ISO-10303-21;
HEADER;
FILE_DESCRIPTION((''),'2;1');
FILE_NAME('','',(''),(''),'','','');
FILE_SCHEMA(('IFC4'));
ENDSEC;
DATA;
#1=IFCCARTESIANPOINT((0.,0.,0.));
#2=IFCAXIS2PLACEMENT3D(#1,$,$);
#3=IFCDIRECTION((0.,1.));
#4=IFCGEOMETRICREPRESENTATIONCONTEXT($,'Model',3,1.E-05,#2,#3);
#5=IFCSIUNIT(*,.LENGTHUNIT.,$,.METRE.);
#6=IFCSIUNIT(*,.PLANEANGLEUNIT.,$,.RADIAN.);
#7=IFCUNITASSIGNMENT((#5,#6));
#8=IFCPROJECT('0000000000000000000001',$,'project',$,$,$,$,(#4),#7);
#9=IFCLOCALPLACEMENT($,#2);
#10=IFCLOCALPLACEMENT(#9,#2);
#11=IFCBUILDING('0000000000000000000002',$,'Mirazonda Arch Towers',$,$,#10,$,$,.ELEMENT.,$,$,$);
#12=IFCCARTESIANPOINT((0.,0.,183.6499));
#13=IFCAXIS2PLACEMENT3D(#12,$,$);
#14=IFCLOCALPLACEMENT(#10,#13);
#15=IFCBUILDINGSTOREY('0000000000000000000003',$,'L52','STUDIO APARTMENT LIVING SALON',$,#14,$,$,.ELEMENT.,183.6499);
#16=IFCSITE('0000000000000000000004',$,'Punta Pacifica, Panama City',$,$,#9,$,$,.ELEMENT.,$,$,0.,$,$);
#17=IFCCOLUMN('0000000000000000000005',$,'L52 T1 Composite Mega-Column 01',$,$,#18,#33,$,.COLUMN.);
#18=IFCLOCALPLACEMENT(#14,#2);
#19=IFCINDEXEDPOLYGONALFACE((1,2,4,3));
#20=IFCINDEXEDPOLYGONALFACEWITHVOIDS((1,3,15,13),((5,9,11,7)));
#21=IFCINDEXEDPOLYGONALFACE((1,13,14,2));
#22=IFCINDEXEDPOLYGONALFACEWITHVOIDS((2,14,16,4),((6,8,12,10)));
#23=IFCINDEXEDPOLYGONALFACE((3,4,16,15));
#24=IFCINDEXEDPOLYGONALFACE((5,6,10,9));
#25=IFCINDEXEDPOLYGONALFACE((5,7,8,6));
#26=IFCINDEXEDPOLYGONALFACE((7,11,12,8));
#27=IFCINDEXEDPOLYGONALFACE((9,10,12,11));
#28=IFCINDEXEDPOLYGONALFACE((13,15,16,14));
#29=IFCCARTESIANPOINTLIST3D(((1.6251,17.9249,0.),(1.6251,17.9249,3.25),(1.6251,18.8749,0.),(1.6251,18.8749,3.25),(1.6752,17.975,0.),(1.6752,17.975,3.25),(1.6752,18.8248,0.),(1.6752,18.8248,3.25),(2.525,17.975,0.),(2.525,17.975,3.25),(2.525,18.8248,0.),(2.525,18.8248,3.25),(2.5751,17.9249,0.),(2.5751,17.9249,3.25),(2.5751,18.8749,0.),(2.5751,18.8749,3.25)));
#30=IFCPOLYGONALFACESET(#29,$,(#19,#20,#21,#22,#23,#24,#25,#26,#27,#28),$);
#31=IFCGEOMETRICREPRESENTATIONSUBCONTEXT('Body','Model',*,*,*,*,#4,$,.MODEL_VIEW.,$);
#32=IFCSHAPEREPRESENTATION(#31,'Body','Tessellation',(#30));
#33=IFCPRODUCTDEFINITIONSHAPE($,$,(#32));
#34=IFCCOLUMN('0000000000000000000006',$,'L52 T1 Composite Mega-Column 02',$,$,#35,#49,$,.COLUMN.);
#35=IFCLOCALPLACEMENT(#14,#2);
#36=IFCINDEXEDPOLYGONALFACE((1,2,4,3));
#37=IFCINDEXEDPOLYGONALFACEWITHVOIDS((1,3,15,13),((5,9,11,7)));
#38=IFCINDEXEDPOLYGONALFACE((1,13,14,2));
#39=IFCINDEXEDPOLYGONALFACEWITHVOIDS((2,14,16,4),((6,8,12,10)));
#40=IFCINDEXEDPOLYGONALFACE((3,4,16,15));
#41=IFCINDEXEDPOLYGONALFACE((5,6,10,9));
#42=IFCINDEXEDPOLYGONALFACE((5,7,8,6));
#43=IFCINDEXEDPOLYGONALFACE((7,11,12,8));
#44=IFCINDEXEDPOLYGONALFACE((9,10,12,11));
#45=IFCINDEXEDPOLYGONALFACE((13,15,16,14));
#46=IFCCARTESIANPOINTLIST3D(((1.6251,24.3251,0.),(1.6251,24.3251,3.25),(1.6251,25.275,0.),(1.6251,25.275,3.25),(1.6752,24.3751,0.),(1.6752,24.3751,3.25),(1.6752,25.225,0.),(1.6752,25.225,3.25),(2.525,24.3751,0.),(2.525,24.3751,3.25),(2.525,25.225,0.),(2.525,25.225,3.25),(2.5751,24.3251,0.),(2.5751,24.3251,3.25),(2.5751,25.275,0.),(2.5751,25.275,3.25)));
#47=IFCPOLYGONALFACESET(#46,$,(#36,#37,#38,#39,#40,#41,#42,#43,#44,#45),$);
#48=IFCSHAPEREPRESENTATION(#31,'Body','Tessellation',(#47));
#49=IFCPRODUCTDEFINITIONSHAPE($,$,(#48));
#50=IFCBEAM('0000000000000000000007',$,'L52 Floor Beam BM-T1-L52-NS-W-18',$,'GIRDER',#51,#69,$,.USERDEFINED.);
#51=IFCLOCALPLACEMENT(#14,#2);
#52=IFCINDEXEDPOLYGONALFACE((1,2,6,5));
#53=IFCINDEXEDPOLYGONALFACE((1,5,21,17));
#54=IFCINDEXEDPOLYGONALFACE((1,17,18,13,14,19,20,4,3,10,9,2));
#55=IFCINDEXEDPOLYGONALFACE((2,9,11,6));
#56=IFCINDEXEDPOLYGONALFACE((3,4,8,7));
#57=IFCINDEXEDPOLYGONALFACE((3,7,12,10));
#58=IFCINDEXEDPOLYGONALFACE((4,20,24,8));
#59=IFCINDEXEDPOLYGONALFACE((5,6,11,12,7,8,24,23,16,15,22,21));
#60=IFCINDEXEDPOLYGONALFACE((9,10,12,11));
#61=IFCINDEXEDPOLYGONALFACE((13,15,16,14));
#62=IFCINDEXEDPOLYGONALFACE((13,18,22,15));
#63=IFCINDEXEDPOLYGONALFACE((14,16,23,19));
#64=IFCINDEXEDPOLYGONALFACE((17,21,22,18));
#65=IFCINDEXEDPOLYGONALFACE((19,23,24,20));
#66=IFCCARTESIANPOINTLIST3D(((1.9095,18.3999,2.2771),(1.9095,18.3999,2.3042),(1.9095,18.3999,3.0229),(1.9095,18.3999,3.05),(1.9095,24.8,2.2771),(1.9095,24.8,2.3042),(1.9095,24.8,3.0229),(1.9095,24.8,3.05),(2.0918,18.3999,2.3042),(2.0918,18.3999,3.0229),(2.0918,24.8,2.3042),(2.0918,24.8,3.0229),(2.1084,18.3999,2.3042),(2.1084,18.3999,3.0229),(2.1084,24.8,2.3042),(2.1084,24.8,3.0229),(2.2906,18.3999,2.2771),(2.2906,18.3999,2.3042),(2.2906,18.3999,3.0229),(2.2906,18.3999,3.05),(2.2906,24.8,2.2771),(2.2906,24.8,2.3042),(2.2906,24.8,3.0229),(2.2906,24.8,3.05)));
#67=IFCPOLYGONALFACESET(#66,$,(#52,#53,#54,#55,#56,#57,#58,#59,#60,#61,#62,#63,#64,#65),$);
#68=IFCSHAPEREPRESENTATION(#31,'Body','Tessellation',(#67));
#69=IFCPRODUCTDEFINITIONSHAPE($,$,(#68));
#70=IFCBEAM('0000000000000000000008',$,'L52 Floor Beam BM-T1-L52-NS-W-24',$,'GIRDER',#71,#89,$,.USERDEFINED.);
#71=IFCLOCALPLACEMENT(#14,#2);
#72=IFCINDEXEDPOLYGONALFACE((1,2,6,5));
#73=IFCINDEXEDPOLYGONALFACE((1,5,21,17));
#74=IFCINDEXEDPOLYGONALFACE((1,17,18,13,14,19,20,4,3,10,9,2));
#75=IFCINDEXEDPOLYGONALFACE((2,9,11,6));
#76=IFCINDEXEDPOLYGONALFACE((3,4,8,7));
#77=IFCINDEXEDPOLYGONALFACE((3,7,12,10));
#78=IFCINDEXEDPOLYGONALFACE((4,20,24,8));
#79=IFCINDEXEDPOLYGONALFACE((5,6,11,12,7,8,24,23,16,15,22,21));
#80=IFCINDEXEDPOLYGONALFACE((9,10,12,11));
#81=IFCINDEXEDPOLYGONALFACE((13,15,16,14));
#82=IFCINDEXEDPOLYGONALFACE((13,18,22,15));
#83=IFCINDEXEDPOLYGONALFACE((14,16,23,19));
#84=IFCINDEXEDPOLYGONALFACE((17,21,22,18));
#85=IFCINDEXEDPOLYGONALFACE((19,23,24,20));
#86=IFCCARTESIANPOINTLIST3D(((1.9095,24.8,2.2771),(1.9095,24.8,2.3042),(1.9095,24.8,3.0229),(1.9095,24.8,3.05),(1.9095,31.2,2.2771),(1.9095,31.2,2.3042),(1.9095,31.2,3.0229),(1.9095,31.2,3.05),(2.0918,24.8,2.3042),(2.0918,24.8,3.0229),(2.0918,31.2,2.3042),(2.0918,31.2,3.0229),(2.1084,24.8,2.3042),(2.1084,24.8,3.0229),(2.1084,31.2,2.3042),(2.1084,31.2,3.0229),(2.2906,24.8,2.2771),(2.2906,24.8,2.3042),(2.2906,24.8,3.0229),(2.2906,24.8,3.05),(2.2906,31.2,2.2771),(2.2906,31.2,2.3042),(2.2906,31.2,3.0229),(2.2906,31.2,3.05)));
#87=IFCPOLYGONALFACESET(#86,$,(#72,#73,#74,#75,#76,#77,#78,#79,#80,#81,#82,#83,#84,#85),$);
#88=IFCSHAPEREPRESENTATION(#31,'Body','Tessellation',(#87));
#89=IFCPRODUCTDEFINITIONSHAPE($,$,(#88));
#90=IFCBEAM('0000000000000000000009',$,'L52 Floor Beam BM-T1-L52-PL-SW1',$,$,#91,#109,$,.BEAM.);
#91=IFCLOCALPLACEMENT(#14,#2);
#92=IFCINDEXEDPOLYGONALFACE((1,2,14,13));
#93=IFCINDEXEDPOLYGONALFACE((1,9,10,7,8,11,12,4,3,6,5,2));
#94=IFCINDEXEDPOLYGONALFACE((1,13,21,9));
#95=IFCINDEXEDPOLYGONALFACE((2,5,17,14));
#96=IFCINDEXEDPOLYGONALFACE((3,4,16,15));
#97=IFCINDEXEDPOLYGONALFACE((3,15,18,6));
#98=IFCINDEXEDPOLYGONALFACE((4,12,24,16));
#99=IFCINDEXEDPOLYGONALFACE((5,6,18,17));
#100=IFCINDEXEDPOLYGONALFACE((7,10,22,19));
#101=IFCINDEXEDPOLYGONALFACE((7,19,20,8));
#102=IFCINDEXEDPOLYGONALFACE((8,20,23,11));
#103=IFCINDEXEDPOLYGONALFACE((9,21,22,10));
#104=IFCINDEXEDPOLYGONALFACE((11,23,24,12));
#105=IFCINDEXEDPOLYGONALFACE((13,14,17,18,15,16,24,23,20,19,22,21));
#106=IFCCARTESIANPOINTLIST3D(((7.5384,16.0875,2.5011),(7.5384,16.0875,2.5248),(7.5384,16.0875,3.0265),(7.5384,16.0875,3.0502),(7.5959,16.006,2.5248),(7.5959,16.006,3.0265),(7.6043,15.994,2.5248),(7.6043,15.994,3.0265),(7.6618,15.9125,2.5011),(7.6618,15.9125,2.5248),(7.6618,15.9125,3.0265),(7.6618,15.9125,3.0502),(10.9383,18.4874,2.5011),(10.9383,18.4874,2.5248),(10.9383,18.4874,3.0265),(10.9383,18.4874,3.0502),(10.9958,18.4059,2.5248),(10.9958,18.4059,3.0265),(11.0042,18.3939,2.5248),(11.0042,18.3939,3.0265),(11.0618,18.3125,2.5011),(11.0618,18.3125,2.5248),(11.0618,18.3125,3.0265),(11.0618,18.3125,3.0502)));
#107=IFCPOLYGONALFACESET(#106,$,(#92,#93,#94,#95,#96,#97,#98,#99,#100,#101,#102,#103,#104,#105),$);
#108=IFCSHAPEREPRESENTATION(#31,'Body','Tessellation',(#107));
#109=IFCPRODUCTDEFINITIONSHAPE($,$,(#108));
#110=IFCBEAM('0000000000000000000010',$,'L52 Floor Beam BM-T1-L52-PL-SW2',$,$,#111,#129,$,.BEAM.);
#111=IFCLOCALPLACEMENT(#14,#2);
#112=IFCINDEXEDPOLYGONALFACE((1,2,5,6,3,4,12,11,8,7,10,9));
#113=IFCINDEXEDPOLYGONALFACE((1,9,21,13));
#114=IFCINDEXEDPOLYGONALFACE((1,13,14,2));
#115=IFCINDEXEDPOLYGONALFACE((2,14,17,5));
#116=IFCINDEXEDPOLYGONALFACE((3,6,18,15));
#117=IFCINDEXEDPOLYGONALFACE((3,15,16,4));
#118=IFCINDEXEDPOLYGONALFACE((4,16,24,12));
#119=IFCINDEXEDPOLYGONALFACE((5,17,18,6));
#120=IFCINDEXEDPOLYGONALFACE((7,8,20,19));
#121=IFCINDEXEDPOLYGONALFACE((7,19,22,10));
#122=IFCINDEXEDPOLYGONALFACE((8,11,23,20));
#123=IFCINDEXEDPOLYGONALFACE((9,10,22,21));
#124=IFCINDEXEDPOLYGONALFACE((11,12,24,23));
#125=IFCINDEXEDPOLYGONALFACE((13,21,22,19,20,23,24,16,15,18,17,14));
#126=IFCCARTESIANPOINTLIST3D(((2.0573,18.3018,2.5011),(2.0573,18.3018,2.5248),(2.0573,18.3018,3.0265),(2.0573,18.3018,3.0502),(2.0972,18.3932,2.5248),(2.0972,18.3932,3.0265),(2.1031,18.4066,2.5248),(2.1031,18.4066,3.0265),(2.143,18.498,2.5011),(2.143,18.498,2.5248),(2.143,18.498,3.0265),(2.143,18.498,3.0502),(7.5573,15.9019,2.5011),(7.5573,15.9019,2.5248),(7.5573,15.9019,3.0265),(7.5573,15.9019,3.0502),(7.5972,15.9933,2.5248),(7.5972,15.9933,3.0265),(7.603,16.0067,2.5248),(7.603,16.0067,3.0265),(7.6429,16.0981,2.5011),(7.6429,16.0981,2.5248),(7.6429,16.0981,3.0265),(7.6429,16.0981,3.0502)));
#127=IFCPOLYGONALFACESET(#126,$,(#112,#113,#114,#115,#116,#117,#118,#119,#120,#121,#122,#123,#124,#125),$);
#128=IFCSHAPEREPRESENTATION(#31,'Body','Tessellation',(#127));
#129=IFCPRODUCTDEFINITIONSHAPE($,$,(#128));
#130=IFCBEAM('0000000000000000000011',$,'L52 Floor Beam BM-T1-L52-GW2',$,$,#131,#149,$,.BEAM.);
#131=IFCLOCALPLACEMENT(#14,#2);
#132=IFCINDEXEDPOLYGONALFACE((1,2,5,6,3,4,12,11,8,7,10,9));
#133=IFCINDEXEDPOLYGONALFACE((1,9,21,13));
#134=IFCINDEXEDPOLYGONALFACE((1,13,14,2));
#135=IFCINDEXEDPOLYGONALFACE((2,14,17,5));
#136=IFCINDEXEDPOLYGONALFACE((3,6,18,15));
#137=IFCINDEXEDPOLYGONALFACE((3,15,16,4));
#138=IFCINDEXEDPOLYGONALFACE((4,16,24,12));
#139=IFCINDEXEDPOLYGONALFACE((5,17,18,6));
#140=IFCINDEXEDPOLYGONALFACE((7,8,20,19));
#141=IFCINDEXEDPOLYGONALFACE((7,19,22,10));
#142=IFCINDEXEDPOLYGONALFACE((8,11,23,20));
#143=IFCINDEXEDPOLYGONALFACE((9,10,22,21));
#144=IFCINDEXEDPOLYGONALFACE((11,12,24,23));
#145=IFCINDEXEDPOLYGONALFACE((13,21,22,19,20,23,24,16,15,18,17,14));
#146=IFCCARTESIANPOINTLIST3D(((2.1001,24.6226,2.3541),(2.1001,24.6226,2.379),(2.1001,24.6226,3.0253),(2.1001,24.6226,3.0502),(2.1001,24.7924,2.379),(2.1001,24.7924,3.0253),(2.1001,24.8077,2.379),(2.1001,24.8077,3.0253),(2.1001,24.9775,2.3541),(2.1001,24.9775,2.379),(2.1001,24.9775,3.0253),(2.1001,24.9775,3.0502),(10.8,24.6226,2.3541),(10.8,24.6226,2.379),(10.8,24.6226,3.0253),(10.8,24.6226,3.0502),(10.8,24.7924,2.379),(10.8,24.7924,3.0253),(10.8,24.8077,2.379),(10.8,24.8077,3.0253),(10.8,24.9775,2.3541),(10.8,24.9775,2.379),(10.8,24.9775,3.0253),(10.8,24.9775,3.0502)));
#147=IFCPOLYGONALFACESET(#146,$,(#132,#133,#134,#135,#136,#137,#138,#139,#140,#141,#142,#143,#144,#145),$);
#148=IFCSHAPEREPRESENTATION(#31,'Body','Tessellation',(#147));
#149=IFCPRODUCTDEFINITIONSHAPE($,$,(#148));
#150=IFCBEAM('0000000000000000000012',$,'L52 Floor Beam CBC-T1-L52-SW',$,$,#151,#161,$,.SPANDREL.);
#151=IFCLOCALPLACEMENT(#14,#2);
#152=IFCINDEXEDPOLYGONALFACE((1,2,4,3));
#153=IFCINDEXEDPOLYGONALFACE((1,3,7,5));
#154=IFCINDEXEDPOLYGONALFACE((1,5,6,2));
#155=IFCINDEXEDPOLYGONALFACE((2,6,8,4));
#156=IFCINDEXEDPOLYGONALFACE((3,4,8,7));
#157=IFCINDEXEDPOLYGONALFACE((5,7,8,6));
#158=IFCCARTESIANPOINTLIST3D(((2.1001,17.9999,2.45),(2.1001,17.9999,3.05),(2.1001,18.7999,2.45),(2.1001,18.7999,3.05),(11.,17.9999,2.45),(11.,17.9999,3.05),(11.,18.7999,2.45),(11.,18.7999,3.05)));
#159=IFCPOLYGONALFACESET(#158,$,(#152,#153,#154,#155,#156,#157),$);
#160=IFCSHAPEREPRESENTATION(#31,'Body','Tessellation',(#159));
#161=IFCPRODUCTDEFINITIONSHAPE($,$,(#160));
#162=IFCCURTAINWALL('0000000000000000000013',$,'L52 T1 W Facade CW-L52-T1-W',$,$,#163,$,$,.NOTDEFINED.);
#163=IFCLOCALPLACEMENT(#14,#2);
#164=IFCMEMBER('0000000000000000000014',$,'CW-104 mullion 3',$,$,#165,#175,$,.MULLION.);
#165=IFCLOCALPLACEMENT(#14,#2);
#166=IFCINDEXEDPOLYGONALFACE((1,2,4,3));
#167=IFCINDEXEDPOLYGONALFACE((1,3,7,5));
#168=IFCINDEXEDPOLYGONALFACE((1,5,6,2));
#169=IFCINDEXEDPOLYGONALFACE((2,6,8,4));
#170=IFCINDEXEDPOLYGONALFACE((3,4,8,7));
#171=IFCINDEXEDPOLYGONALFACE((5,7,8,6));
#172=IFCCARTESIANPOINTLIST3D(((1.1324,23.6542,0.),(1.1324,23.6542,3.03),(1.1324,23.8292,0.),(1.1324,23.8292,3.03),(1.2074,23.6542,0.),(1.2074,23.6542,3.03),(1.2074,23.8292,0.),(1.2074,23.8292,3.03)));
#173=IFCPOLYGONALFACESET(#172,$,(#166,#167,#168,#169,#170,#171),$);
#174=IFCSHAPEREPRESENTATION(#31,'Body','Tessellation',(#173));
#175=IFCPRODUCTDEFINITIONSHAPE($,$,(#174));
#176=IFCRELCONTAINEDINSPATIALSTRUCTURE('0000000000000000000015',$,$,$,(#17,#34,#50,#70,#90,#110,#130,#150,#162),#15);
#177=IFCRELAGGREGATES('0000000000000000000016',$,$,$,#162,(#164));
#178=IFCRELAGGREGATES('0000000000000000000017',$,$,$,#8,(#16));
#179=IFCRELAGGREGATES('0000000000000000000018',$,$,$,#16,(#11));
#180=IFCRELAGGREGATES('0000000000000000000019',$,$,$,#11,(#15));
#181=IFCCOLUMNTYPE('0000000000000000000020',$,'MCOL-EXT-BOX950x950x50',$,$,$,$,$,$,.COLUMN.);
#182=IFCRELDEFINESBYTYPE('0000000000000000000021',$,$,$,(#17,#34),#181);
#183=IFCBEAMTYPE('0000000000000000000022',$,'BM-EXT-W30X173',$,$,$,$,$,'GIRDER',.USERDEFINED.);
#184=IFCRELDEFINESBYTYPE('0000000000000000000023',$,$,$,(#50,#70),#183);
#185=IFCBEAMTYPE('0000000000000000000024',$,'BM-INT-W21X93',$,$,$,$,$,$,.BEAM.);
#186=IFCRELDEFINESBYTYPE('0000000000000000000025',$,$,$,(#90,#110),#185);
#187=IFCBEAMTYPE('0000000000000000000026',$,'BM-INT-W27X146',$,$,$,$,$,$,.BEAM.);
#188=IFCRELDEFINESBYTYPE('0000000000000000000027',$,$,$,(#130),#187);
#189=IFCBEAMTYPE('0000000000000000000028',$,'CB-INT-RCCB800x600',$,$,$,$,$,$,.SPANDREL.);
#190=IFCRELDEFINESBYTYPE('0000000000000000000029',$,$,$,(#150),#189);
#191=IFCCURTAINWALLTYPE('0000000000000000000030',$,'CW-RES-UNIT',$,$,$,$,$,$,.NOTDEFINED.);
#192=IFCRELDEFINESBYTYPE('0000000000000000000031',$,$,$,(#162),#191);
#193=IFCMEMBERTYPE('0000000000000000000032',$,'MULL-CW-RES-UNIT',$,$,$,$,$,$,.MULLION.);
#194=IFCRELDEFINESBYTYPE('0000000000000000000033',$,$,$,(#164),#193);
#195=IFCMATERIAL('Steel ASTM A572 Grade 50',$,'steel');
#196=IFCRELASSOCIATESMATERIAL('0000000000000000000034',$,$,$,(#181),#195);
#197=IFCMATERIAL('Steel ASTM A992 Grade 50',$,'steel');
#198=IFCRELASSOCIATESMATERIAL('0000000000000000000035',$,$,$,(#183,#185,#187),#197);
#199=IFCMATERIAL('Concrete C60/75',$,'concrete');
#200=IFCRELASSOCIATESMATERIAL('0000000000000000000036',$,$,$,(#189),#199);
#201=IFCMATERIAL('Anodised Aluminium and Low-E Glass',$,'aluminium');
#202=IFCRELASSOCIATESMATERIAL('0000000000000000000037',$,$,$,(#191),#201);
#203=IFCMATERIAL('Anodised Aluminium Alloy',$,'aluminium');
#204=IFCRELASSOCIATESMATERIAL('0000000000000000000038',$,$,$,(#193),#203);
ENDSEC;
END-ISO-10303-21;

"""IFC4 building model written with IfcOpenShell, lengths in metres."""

from ifc_helpers import new_model, si_unit, direction, frame, origin, origin_2d, place, context, subcontext, project, spatial, rectangle, hollow_rectangle, i_section, extrude, material, material_profile, profile_set, type_object, element, aggregate, save


model = new_model("IFC4")

# Units and contexts
model_context = context("Model", 3, precision=1e-05, world=origin(), true_north=direction((0.0, 1.0)))
body_context = subcontext(model_context, "Body", "Model", "MODEL_VIEW")
ifc_project = project(units=[si_unit("LENGTHUNIT", "METRE"), si_unit("PLANEANGLEUNIT", "RADIAN")], contexts=[model_context])

# Site, building, storey
site_placement = place(None, origin())
site = spatial("IfcSite", under=ifc_project, at=site_placement, Name="Punta Pacifica, Panama City", CompositionType="ELEMENT", RefElevation=0.0)
building_placement = place(site_placement, origin())
building = spatial("IfcBuilding", under=site, at=building_placement, Name="Mirazonda Arch Towers", CompositionType="ELEMENT")
storey_placement = place(building_placement, frame((0.0, 0.0, 183.6499)))
storey = spatial("IfcBuildingStorey", under=building, at=storey_placement, Name="L52", Description="STUDIO APARTMENT LIVING SALON", CompositionType="ELEMENT", Elevation=183.6499)

# Columns
ifc_material_1 = material(Name="Steel ASTM A572 Grade 50", Category="steel")
ifc_material_profile_1 = material_profile(ifc_material_1, hollow_rectangle(XDim=0.95, YDim=0.95, WallThickness=0.05, at=origin_2d()), Name="BOX950x950x50")
ifc_profile_set_1 = profile_set([ifc_material_profile_1], Name="Steel ASTM A572 Grade 50")
column_type = type_object("IfcColumnType", Name="MCOL-EXT-BOX950x950x50", PredefinedType="COLUMN", material=ifc_profile_set_1)
for number, where, z_axis, x_axis, name in (
    (1, (2.1001, 18.3999, 0.0), (0.0, 0.0, 1.0), (1.0, 0.0, 0.0), "L52 T1 Composite Mega-Column 01"),
    (2, (2.1001, 24.8, 0.0), (0.0, 0.0, 1.0), (1.0, 0.0, 0.0), "L52 T1 Composite Mega-Column 02"),
):
    element("IfcColumn", number, at=place(storey_placement, frame(where, z_axis=z_axis, x_axis=x_axis)), inside=storey, type_object=column_type, Name=name, PredefinedType="COLUMN", context=body_context, shape_type="SweptSolid", body=[
        extrude(hollow_rectangle(XDim=0.95, YDim=0.95, WallThickness=0.05, at=origin_2d()), origin(), (0.0, 0.0, 1.0), 3.25),
    ])

# Beams
ifc_material_2 = material(Name="Steel ASTM A992 Grade 50", Category="steel")
ifc_material_profile_2 = material_profile(ifc_material_2, i_section(OverallWidth=0.3811, OverallDepth=0.7729, WebThickness=0.0166, FlangeThickness=0.0271, at=origin_2d()), Name="W30X173")
ifc_profile_set_2 = profile_set([ifc_material_profile_2], Name="Steel ASTM A992 Grade 50")
beam_type_1 = type_object("IfcBeamType", Name="BM-EXT-W30X173", ElementType="GIRDER", PredefinedType="USERDEFINED", material=ifc_profile_set_2)
beam_1_placement = place(storey_placement, frame((2.1001, 18.3999, 2.6636), z_axis=(0.0, 1.0, 0.0), x_axis=(-1.0, 0.0, 0.0)))
element("IfcBeam", 3, at=beam_1_placement, inside=storey, type_object=beam_type_1, Name="L52 Floor Beam BM-T1-L52-NS-W-18", ObjectType="GIRDER", PredefinedType="USERDEFINED", context=body_context, shape_type="SweptSolid", body=[
    extrude(i_section(OverallWidth=0.3811, OverallDepth=0.7729, WebThickness=0.0166, FlangeThickness=0.0271, at=origin_2d()), origin(), (0.0, 0.0, 1.0), 6.4001),
])
beam_2_placement = place(storey_placement, frame((2.1001, 24.8, 2.6636), z_axis=(0.0, 1.0, 0.0), x_axis=(-1.0, 0.0, 0.0)))
element("IfcBeam", 4, at=beam_2_placement, inside=storey, type_object=beam_type_1, Name="L52 Floor Beam BM-T1-L52-NS-W-24", ObjectType="GIRDER", PredefinedType="USERDEFINED", context=body_context, shape_type="SweptSolid", body=[
    extrude(i_section(OverallWidth=0.3811, OverallDepth=0.7729, WebThickness=0.0166, FlangeThickness=0.0271, at=origin_2d()), origin(), (0.0, 0.0, 1.0), 6.3999),
])
ifc_material_profile_3 = material_profile(ifc_material_2, i_section(OverallWidth=0.2141, OverallDepth=0.5491, WebThickness=0.0146, FlangeThickness=0.0237, at=origin_2d()), Name="W21X93")
ifc_profile_set_3 = profile_set([ifc_material_profile_3], Name="Steel ASTM A992 Grade 50")
beam_type_2 = type_object("IfcBeamType", Name="BM-INT-W21X93", PredefinedType="BEAM", material=ifc_profile_set_3)
beam_3_placement = place(storey_placement, frame((7.6001, 16.0, 2.7756), z_axis=(0.816971, 0.576679, 0.0), x_axis=(-0.576679, 0.816971, 0.0)))
element("IfcBeam", 5, at=beam_3_placement, inside=storey, type_object=beam_type_2, Name="L52 Floor Beam BM-T1-L52-PL-SW1", PredefinedType="BEAM", context=body_context, shape_type="SweptSolid", body=[
    extrude(i_section(OverallWidth=0.2141, OverallDepth=0.5491, WebThickness=0.0146, FlangeThickness=0.0237, at=origin_2d()), origin(), (0.0, 0.0, 1.0), 4.1616),
])
beam_4_placement = place(storey_placement, frame((7.6001, 16.0, 2.7756), z_axis=(-0.916545, 0.399931, 0.0), x_axis=(-0.399931, -0.916545, 0.0)))
element("IfcBeam", 6, at=beam_4_placement, inside=storey, type_object=beam_type_2, Name="L52 Floor Beam BM-T1-L52-PL-SW2", PredefinedType="BEAM", context=body_context, shape_type="SweptSolid", body=[
    extrude(i_section(OverallWidth=0.2141, OverallDepth=0.5491, WebThickness=0.0146, FlangeThickness=0.0237, at=origin_2d()), origin(), (0.0, 0.0, 1.0), 6.0007),
])
ifc_material_profile_4 = material_profile(ifc_material_2, i_section(OverallWidth=0.355, OverallDepth=0.696, WebThickness=0.0154, FlangeThickness=0.0249, at=origin_2d()), Name="W27X146")
ifc_profile_set_4 = profile_set([ifc_material_profile_4], Name="Steel ASTM A992 Grade 50")
beam_type_3 = type_object("IfcBeamType", Name="BM-INT-W27X146", PredefinedType="BEAM", material=ifc_profile_set_4)
beam_5_placement = place(storey_placement, frame((2.1001, 24.8, 2.7021), z_axis=(1.0, 0.0, 0.0), x_axis=(0.0, 1.0, 0.0)))
element("IfcBeam", 7, at=beam_5_placement, inside=storey, type_object=beam_type_3, Name="L52 Floor Beam BM-T1-L52-GW2", PredefinedType="BEAM", context=body_context, shape_type="SweptSolid", body=[
    extrude(i_section(OverallWidth=0.355, OverallDepth=0.696, WebThickness=0.0154, FlangeThickness=0.0249, at=origin_2d()), origin(), (0.0, 0.0, 1.0), 8.7),
])
ifc_material_3 = material(Name="Concrete C60/75", Category="concrete")
ifc_material_profile_5 = material_profile(ifc_material_3, rectangle(XDim=0.8, YDim=0.6001, at=origin_2d()), Name="RCCB800x600")
ifc_profile_set_5 = profile_set([ifc_material_profile_5], Name="Concrete C60/75")
beam_type_4 = type_object("IfcBeamType", Name="CB-INT-RCCB800x600", PredefinedType="SPANDREL", material=ifc_profile_set_5)
beam_6_placement = place(storey_placement, frame((2.1001, 18.3999, 2.75), z_axis=(1.0, 0.0, 0.0), x_axis=(0.0, 1.0, 0.0)))
element("IfcBeam", 8, at=beam_6_placement, inside=storey, type_object=beam_type_4, Name="L52 Floor Beam CBC-T1-L52-SW", PredefinedType="SPANDREL", context=body_context, shape_type="SweptSolid", body=[
    extrude(rectangle(XDim=0.8, YDim=0.6001, at=origin_2d()), origin(), (0.0, 0.0, 1.0), 8.8999),
])

# Curtain wall, member
ifc_material_4 = material(Name="Anodised Aluminium and Low-E Glass", Category="aluminium")
curtain_wall_type = type_object("IfcCurtainWallType", Name="CW-RES-UNIT", PredefinedType="NOTDEFINED", material=ifc_material_4)
curtain_wall_placement = place(storey_placement, origin())
curtain_wall = element("IfcCurtainWall", 9, at=curtain_wall_placement, inside=storey, type_object=curtain_wall_type, Name="L52 T1 W Facade CW-L52-T1-W", PredefinedType="NOTDEFINED")
ifc_material_5 = material(Name="Anodised Aluminium Alloy", Category="aluminium")
ifc_material_profile_6 = material_profile(ifc_material_5, rectangle(XDim=0.075, YDim=0.175, at=origin_2d()), Name="ALU-MULL-75x175")
ifc_profile_set_6 = profile_set([ifc_material_profile_6], Name="Anodised Aluminium Alloy")
member_type_1 = type_object("IfcMemberType", Name="MULL-CW-RES-UNIT", PredefinedType="MULLION", material=ifc_profile_set_6)
member_1_placement = place(storey_placement, frame((1.1699, 23.7417, 0.0), z_axis=(0.0, 0.0, 1.0), x_axis=(1.0, 0.0, 0.0)))
member_1 = element("IfcMember", 10, at=member_1_placement, type_object=member_type_1, Name="CW-104 mullion 3", PredefinedType="MULLION", context=body_context, shape_type="SweptSolid", body=[
    extrude(rectangle(XDim=0.075, YDim=0.175, at=origin_2d()), origin(), (0.0, 0.0, 1.0), 3.03),
])
aggregate(curtain_wall, [member_1])

save(model, "model.ifc")
